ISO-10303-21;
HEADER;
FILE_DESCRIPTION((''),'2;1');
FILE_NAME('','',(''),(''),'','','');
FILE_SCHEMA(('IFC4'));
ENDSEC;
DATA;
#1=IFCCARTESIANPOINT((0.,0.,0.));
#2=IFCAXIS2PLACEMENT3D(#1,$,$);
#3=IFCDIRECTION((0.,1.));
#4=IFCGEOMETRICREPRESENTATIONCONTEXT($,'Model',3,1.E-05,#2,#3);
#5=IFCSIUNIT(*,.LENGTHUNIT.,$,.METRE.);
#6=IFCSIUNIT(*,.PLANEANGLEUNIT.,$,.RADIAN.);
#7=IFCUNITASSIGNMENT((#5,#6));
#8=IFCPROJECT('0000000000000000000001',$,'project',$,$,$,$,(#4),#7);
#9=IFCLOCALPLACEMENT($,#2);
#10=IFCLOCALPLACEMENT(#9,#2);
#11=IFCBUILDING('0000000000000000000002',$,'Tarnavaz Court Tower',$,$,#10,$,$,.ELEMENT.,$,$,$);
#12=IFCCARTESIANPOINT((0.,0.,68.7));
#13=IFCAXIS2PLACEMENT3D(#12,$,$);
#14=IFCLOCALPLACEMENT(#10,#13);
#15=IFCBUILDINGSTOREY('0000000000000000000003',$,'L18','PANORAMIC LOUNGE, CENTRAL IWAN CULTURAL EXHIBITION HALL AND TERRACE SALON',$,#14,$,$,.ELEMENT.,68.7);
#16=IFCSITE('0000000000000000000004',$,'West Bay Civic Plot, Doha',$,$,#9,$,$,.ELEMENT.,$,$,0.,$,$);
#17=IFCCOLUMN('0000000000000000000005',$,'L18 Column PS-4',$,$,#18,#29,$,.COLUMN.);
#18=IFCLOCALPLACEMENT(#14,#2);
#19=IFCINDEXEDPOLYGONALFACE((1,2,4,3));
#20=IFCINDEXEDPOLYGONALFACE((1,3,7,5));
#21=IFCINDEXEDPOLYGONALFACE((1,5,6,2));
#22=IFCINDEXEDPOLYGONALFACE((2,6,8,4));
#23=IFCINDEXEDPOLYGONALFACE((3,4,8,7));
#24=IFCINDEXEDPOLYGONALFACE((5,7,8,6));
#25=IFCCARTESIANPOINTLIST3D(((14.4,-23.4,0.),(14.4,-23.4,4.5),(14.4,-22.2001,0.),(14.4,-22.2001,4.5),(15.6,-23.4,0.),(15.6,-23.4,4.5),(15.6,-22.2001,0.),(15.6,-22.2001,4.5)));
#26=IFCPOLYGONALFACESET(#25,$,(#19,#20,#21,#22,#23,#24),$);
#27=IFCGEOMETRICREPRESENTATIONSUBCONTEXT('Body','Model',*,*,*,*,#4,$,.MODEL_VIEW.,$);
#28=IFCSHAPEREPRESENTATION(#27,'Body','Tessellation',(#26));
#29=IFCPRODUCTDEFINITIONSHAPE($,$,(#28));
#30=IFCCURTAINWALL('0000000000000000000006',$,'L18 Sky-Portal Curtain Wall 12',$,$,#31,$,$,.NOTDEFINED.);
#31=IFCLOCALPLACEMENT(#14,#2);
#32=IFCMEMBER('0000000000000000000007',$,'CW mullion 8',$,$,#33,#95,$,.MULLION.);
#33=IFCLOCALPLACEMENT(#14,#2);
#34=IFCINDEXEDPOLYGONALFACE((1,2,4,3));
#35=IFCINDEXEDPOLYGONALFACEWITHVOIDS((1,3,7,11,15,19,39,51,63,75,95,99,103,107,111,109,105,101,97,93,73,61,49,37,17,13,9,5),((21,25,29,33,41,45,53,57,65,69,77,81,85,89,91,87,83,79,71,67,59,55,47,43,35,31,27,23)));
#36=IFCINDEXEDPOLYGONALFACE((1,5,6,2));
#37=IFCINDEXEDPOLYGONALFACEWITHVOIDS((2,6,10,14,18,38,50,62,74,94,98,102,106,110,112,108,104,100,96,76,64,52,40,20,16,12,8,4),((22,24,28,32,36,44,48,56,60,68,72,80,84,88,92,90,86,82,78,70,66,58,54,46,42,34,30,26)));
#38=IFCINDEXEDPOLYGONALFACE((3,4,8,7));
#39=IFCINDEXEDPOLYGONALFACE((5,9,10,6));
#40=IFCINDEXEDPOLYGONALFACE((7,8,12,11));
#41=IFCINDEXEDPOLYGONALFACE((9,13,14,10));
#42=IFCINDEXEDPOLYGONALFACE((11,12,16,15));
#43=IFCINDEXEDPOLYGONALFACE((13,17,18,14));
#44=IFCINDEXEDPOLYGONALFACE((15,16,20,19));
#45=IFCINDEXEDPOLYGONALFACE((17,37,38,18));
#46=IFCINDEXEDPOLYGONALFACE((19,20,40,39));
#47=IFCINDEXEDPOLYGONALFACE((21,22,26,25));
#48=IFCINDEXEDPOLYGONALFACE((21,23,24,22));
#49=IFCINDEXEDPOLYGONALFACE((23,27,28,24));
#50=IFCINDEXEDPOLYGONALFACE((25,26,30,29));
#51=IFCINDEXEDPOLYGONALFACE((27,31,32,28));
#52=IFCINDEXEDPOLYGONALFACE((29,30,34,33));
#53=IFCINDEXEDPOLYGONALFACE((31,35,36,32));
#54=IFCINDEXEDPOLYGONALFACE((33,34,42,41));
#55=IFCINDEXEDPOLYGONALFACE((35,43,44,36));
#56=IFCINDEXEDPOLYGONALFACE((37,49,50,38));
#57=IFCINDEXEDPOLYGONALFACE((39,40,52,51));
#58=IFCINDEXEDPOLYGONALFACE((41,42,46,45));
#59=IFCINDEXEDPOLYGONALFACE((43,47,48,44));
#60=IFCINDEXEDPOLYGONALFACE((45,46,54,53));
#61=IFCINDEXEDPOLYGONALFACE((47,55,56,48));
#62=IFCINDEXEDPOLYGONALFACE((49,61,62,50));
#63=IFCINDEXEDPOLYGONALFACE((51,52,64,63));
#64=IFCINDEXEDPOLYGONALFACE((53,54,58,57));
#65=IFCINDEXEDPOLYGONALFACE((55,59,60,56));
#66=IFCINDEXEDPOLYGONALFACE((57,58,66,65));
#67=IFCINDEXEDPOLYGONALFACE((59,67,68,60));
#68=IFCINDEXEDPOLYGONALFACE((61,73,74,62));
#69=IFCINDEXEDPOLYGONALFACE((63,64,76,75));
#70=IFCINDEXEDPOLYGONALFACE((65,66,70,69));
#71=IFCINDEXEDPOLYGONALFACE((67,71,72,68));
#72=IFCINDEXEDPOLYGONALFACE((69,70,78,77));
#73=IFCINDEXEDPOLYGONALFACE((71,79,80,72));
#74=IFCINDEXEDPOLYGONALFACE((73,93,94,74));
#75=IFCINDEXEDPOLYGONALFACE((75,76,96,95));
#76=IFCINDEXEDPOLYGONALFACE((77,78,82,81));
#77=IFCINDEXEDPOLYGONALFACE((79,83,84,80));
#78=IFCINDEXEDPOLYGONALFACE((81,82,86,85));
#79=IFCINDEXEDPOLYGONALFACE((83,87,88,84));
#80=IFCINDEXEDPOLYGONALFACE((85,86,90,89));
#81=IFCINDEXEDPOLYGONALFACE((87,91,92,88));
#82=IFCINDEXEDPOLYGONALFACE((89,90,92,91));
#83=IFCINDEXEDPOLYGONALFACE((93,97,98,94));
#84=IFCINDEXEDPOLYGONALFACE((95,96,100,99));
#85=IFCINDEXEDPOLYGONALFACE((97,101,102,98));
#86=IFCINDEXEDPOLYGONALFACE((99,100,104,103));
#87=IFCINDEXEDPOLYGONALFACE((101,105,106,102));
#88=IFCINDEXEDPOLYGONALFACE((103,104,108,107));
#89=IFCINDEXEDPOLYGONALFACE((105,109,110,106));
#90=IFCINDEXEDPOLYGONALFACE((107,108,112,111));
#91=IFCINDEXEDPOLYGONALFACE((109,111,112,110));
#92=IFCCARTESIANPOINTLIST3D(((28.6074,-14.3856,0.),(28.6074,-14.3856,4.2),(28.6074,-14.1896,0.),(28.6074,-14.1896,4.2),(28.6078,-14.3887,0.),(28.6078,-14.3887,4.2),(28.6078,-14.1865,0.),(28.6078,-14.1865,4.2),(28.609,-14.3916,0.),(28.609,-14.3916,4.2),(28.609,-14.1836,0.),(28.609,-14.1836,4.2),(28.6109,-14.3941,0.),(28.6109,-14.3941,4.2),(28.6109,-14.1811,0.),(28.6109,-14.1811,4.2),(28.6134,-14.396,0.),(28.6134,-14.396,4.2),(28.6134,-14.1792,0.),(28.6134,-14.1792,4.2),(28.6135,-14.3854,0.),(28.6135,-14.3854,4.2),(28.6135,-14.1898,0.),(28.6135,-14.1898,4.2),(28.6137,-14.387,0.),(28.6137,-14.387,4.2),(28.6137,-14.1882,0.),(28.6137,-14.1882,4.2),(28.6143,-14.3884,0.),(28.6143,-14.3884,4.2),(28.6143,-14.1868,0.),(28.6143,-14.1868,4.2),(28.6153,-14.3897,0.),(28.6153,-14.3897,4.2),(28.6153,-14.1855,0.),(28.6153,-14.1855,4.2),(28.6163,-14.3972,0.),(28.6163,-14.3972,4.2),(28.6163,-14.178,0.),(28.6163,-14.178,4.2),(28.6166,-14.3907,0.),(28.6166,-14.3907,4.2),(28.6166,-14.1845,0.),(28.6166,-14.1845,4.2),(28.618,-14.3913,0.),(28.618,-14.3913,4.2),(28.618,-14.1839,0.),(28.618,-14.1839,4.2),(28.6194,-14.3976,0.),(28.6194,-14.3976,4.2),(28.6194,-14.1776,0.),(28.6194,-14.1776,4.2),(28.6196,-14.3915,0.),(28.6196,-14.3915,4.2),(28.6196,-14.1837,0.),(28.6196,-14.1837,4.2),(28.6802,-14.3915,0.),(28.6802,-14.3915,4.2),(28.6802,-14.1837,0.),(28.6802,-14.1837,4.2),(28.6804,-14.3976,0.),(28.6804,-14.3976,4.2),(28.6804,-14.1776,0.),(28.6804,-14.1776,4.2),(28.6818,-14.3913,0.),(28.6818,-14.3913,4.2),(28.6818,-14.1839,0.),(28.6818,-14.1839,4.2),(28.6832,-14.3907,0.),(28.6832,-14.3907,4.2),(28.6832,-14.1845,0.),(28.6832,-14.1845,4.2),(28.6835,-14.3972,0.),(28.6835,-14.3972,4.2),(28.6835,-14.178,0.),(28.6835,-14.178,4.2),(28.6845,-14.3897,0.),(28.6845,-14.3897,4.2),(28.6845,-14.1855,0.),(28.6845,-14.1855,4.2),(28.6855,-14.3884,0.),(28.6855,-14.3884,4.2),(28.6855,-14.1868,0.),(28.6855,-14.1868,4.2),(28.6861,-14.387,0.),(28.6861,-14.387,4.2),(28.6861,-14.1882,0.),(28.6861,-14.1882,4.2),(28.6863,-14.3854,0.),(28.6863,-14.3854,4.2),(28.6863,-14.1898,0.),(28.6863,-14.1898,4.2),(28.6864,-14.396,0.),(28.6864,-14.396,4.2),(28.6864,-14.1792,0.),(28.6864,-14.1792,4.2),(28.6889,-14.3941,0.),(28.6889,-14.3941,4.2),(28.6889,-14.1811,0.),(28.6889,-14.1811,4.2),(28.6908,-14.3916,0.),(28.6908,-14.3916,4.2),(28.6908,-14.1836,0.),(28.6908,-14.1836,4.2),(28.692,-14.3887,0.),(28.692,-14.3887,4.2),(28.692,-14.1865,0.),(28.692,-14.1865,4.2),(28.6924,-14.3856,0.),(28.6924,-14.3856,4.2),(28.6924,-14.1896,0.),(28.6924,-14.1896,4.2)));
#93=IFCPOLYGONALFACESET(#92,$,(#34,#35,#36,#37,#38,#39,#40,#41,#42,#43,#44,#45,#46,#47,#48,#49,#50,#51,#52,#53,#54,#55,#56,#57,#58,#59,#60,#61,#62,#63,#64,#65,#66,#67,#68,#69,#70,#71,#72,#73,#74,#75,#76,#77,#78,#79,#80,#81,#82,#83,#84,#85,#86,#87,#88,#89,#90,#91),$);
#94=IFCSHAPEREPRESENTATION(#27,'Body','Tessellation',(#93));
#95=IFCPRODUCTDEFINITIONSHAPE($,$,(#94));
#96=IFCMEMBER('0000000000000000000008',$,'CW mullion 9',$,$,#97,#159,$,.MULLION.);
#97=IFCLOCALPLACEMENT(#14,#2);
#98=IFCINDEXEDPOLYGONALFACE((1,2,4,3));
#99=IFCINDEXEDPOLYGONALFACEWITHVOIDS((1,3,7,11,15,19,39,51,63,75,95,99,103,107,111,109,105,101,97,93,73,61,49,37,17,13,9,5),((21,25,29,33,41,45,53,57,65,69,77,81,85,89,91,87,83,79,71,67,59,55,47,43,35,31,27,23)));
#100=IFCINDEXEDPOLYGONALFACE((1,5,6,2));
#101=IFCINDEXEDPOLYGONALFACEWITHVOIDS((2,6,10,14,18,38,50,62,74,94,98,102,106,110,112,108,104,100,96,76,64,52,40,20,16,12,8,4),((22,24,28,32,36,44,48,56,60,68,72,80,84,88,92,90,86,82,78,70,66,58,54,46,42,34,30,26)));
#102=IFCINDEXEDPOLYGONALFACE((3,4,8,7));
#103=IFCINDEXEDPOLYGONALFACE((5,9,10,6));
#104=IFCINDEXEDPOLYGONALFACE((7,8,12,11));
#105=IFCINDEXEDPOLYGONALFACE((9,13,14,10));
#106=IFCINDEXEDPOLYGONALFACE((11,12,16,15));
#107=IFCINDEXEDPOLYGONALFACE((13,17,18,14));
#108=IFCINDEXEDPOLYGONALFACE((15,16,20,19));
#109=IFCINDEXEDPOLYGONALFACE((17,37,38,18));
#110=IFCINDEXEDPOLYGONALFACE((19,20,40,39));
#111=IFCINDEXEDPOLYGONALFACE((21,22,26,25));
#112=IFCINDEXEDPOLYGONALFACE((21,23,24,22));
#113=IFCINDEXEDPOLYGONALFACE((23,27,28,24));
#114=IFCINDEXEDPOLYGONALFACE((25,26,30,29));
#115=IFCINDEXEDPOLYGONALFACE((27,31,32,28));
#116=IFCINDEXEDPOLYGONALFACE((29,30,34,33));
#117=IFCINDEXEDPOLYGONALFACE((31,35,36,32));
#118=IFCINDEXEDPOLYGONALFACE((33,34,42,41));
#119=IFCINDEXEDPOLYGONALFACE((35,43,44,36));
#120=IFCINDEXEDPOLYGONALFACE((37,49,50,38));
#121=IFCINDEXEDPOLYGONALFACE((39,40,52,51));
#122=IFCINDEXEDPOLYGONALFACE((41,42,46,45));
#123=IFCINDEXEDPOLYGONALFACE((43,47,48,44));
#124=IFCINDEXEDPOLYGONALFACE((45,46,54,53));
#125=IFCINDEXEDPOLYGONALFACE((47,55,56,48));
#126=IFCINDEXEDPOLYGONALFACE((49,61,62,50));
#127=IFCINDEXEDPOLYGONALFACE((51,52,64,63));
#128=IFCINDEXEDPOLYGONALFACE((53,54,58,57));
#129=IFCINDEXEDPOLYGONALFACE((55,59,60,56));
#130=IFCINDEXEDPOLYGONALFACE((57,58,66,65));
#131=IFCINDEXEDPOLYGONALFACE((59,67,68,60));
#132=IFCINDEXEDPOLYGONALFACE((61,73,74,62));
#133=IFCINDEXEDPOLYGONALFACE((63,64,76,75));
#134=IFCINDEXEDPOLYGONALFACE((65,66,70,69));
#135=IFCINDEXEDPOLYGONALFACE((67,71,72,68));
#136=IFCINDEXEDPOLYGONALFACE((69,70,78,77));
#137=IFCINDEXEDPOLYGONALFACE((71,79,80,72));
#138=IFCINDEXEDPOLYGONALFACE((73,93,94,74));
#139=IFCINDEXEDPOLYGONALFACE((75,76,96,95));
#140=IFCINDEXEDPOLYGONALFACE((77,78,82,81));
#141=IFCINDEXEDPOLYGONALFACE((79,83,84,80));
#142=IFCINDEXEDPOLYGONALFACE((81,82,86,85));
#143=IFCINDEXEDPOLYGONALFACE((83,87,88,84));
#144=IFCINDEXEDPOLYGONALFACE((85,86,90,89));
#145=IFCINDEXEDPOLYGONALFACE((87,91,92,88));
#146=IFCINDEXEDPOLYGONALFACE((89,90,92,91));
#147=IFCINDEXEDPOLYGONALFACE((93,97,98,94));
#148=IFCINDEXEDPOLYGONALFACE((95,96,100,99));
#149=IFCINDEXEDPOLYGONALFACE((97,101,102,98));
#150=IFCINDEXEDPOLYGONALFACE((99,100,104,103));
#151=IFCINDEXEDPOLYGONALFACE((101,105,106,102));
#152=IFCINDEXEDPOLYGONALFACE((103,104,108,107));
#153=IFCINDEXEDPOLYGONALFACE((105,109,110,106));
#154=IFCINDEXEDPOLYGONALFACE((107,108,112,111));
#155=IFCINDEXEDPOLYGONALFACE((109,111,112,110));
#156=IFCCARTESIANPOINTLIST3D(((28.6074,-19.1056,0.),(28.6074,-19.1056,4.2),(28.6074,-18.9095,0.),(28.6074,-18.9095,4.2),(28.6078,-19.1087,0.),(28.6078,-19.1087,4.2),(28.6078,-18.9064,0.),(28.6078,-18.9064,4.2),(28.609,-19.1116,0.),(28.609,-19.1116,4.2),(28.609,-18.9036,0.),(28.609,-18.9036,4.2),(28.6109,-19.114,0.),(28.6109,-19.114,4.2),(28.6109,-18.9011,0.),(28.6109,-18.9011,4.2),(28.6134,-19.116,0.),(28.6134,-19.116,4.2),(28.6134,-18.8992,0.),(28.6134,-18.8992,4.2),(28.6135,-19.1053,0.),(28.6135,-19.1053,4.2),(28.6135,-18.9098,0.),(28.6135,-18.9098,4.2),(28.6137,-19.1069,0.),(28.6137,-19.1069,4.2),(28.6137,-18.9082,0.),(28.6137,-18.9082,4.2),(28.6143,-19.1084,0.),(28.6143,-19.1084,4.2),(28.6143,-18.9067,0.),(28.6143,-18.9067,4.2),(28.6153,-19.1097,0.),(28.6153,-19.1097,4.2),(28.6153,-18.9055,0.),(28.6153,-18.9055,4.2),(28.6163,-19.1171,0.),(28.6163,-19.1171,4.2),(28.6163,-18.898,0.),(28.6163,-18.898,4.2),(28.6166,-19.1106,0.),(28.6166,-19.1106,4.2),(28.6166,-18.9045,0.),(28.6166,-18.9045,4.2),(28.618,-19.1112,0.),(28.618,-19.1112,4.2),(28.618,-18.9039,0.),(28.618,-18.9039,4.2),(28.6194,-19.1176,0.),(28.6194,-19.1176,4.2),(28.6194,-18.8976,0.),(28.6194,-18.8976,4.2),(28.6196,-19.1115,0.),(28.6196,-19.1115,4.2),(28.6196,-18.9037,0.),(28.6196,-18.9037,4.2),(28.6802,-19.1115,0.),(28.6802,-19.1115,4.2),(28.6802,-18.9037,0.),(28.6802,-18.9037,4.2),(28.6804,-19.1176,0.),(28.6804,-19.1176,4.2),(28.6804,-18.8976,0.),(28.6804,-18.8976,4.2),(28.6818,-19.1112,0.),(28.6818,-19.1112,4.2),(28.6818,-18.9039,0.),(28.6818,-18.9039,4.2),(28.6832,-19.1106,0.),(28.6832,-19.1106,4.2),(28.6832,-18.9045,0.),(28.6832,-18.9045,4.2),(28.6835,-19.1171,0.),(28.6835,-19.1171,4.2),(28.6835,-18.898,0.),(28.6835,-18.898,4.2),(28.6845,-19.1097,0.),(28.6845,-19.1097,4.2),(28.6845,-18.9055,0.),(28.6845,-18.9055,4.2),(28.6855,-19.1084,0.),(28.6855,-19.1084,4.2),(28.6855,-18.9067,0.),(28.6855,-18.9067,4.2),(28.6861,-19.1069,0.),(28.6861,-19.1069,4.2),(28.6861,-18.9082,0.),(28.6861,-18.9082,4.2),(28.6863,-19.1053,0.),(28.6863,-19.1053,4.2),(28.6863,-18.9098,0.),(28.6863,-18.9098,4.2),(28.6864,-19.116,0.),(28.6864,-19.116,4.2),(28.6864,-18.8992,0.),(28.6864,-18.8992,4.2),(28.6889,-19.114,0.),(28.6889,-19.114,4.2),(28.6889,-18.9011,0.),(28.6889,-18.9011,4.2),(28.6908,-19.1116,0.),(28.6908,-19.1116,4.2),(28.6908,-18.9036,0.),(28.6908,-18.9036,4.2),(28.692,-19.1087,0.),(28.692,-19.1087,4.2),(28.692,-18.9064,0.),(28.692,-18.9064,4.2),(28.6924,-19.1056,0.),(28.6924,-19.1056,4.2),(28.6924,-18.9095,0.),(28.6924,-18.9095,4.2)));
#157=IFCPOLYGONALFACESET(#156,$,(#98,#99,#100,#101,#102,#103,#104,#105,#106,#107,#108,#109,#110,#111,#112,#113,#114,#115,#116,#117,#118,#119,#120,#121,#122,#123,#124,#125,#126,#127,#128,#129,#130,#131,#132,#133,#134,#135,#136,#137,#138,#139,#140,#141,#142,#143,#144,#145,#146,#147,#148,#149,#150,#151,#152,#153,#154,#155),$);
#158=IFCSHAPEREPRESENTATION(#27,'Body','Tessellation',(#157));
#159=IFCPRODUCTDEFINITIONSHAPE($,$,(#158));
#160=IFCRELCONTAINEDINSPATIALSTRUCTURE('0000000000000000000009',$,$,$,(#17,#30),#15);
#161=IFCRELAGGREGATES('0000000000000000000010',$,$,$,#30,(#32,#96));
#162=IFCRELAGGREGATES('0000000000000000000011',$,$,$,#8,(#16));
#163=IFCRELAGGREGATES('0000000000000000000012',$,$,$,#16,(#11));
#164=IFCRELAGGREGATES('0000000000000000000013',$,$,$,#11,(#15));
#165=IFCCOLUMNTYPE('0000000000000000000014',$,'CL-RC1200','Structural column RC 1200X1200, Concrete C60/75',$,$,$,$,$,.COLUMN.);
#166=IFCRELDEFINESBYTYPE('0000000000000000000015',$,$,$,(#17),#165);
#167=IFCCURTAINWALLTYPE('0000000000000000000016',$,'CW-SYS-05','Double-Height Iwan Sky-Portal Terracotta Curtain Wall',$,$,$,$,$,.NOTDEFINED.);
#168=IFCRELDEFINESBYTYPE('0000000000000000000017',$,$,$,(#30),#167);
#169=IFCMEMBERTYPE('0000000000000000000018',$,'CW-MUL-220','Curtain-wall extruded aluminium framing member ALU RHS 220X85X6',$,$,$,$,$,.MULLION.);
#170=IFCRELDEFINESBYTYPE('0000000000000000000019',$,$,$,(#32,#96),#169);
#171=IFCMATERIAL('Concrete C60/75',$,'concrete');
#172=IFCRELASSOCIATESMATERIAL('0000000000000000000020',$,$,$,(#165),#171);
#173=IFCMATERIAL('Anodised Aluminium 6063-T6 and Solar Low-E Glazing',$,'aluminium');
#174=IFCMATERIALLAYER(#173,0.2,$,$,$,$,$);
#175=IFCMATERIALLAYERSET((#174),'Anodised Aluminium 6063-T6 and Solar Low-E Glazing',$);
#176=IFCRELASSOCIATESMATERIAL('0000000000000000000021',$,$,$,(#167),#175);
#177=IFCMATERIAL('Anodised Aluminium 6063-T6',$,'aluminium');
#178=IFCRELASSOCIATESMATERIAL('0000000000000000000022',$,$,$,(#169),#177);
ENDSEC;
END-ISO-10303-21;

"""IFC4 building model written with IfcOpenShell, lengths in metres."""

from ifc_helpers import new_model, si_unit, direction, frame, origin, origin_2d, place, context, subcontext, project, spatial, rectangle, hollow_rectangle, extrude, material, layer, layer_set, material_profile, profile_set, type_object, element, aggregate, save


model = new_model("IFC4")

# Units and contexts
model_context = context("Model", 3, precision=1e-05, world=origin(), true_north=direction((0.0, 1.0)))
body_context = subcontext(model_context, "Body", "Model", "MODEL_VIEW")
ifc_project = project(units=[si_unit("LENGTHUNIT", "METRE"), si_unit("PLANEANGLEUNIT", "RADIAN")], contexts=[model_context])

# Site, building, storey
site_placement = place(None, origin())
site = spatial("IfcSite", under=ifc_project, at=site_placement, Name="West Bay Civic Plot, Doha", CompositionType="ELEMENT", RefElevation=0.0)
building_placement = place(site_placement, origin())
building = spatial("IfcBuilding", under=site, at=building_placement, Name="Tarnavaz Court Tower", CompositionType="ELEMENT")
storey_placement = place(building_placement, frame((0.0, 0.0, 68.7)))
storey = spatial("IfcBuildingStorey", under=building, at=storey_placement, Name="L18", Description="PANORAMIC LOUNGE, CENTRAL IWAN CULTURAL EXHIBITION HALL AND TERRACE SALON", CompositionType="ELEMENT", Elevation=68.7)

# Column
ifc_material_1 = material(Name="Concrete C60/75", Category="concrete")
ifc_material_profile_1 = material_profile(ifc_material_1, rectangle(XDim=1.2, YDim=1.2, at=origin_2d()), Name="RC 1200X1200")
ifc_profile_set_1 = profile_set([ifc_material_profile_1], Name="Concrete C60/75")
column_type = type_object("IfcColumnType", Name="CL-RC1200", Description="Structural column RC 1200X1200, Concrete C60/75", PredefinedType="COLUMN", material=ifc_profile_set_1)
column_placement = place(storey_placement, frame((15.0, -22.8, 0.0), z_axis=(0.0, 0.0, 1.0), x_axis=(1.0, 0.0, 0.0)))
element("IfcColumn", 1, at=column_placement, inside=storey, type_object=column_type, Name="L18 Column PS-4", PredefinedType="COLUMN", context=body_context, shape_type="SweptSolid", body=[
    extrude(rectangle(XDim=1.2, YDim=1.2, at=origin_2d()), origin(), (0.0, 0.0, 1.0), 4.5),
])

# Curtain wall, members
ifc_material_2 = material(Name="Anodised Aluminium 6063-T6 and Solar Low-E Glazing", Category="aluminium")
ifc_layer_1 = layer(ifc_material_2, 0.2)
ifc_layer_set_1 = layer_set([ifc_layer_1], Name="Anodised Aluminium 6063-T6 and Solar Low-E Glazing")
curtain_wall_type = type_object("IfcCurtainWallType", Name="CW-SYS-05", Description="Double-Height Iwan Sky-Portal Terracotta Curtain Wall", PredefinedType="NOTDEFINED", material=ifc_layer_set_1)
curtain_wall_placement = place(storey_placement, origin())
curtain_wall = element("IfcCurtainWall", 2, at=curtain_wall_placement, inside=storey, type_object=curtain_wall_type, Name="L18 Sky-Portal Curtain Wall 12", PredefinedType="NOTDEFINED")
ifc_material_3 = material(Name="Anodised Aluminium 6063-T6", Category="aluminium")
ifc_material_profile_2 = material_profile(ifc_material_3, hollow_rectangle(XDim=0.085, YDim=0.22, WallThickness=0.0061, InnerFilletRadius=0.0061, OuterFilletRadius=0.012, at=origin_2d()), Name="ALU RHS 220X85X6")
ifc_profile_set_2 = profile_set([ifc_material_profile_2], Name="Anodised Aluminium 6063-T6")
member_type_1 = type_object("IfcMemberType", Name="CW-MUL-220", Description="Curtain-wall extruded aluminium framing member ALU RHS 220X85X6", PredefinedType="MULLION", material=ifc_profile_set_2)
member_1_placement = place(storey_placement, frame((28.6499, -14.2876, 0.0), z_axis=(0.0, 0.0, 1.0), x_axis=(1.0, 0.0, 0.0)))
member_1 = element("IfcMember", 3, at=member_1_placement, type_object=member_type_1, Name="CW mullion 8", PredefinedType="MULLION", context=body_context, shape_type="SweptSolid", body=[
    extrude(hollow_rectangle(XDim=0.085, YDim=0.22, WallThickness=0.0061, InnerFilletRadius=0.0061, OuterFilletRadius=0.012, at=origin_2d()), origin(), (0.0, 0.0, 1.0), 4.2),
])
member_2_placement = place(storey_placement, frame((28.6499, -19.0076, 0.0), z_axis=(0.0, 0.0, 1.0), x_axis=(1.0, 0.0, 0.0)))
member_2 = element("IfcMember", 4, at=member_2_placement, type_object=member_type_1, Name="CW mullion 9", PredefinedType="MULLION", context=body_context, shape_type="SweptSolid", body=[
    extrude(hollow_rectangle(XDim=0.085, YDim=0.22, WallThickness=0.0061, InnerFilletRadius=0.0061, OuterFilletRadius=0.012, at=origin_2d()), origin(), (0.0, 0.0, 1.0), 4.2),
])
aggregate(curtain_wall, [member_1, member_2])

save(model, "model.ifc")
